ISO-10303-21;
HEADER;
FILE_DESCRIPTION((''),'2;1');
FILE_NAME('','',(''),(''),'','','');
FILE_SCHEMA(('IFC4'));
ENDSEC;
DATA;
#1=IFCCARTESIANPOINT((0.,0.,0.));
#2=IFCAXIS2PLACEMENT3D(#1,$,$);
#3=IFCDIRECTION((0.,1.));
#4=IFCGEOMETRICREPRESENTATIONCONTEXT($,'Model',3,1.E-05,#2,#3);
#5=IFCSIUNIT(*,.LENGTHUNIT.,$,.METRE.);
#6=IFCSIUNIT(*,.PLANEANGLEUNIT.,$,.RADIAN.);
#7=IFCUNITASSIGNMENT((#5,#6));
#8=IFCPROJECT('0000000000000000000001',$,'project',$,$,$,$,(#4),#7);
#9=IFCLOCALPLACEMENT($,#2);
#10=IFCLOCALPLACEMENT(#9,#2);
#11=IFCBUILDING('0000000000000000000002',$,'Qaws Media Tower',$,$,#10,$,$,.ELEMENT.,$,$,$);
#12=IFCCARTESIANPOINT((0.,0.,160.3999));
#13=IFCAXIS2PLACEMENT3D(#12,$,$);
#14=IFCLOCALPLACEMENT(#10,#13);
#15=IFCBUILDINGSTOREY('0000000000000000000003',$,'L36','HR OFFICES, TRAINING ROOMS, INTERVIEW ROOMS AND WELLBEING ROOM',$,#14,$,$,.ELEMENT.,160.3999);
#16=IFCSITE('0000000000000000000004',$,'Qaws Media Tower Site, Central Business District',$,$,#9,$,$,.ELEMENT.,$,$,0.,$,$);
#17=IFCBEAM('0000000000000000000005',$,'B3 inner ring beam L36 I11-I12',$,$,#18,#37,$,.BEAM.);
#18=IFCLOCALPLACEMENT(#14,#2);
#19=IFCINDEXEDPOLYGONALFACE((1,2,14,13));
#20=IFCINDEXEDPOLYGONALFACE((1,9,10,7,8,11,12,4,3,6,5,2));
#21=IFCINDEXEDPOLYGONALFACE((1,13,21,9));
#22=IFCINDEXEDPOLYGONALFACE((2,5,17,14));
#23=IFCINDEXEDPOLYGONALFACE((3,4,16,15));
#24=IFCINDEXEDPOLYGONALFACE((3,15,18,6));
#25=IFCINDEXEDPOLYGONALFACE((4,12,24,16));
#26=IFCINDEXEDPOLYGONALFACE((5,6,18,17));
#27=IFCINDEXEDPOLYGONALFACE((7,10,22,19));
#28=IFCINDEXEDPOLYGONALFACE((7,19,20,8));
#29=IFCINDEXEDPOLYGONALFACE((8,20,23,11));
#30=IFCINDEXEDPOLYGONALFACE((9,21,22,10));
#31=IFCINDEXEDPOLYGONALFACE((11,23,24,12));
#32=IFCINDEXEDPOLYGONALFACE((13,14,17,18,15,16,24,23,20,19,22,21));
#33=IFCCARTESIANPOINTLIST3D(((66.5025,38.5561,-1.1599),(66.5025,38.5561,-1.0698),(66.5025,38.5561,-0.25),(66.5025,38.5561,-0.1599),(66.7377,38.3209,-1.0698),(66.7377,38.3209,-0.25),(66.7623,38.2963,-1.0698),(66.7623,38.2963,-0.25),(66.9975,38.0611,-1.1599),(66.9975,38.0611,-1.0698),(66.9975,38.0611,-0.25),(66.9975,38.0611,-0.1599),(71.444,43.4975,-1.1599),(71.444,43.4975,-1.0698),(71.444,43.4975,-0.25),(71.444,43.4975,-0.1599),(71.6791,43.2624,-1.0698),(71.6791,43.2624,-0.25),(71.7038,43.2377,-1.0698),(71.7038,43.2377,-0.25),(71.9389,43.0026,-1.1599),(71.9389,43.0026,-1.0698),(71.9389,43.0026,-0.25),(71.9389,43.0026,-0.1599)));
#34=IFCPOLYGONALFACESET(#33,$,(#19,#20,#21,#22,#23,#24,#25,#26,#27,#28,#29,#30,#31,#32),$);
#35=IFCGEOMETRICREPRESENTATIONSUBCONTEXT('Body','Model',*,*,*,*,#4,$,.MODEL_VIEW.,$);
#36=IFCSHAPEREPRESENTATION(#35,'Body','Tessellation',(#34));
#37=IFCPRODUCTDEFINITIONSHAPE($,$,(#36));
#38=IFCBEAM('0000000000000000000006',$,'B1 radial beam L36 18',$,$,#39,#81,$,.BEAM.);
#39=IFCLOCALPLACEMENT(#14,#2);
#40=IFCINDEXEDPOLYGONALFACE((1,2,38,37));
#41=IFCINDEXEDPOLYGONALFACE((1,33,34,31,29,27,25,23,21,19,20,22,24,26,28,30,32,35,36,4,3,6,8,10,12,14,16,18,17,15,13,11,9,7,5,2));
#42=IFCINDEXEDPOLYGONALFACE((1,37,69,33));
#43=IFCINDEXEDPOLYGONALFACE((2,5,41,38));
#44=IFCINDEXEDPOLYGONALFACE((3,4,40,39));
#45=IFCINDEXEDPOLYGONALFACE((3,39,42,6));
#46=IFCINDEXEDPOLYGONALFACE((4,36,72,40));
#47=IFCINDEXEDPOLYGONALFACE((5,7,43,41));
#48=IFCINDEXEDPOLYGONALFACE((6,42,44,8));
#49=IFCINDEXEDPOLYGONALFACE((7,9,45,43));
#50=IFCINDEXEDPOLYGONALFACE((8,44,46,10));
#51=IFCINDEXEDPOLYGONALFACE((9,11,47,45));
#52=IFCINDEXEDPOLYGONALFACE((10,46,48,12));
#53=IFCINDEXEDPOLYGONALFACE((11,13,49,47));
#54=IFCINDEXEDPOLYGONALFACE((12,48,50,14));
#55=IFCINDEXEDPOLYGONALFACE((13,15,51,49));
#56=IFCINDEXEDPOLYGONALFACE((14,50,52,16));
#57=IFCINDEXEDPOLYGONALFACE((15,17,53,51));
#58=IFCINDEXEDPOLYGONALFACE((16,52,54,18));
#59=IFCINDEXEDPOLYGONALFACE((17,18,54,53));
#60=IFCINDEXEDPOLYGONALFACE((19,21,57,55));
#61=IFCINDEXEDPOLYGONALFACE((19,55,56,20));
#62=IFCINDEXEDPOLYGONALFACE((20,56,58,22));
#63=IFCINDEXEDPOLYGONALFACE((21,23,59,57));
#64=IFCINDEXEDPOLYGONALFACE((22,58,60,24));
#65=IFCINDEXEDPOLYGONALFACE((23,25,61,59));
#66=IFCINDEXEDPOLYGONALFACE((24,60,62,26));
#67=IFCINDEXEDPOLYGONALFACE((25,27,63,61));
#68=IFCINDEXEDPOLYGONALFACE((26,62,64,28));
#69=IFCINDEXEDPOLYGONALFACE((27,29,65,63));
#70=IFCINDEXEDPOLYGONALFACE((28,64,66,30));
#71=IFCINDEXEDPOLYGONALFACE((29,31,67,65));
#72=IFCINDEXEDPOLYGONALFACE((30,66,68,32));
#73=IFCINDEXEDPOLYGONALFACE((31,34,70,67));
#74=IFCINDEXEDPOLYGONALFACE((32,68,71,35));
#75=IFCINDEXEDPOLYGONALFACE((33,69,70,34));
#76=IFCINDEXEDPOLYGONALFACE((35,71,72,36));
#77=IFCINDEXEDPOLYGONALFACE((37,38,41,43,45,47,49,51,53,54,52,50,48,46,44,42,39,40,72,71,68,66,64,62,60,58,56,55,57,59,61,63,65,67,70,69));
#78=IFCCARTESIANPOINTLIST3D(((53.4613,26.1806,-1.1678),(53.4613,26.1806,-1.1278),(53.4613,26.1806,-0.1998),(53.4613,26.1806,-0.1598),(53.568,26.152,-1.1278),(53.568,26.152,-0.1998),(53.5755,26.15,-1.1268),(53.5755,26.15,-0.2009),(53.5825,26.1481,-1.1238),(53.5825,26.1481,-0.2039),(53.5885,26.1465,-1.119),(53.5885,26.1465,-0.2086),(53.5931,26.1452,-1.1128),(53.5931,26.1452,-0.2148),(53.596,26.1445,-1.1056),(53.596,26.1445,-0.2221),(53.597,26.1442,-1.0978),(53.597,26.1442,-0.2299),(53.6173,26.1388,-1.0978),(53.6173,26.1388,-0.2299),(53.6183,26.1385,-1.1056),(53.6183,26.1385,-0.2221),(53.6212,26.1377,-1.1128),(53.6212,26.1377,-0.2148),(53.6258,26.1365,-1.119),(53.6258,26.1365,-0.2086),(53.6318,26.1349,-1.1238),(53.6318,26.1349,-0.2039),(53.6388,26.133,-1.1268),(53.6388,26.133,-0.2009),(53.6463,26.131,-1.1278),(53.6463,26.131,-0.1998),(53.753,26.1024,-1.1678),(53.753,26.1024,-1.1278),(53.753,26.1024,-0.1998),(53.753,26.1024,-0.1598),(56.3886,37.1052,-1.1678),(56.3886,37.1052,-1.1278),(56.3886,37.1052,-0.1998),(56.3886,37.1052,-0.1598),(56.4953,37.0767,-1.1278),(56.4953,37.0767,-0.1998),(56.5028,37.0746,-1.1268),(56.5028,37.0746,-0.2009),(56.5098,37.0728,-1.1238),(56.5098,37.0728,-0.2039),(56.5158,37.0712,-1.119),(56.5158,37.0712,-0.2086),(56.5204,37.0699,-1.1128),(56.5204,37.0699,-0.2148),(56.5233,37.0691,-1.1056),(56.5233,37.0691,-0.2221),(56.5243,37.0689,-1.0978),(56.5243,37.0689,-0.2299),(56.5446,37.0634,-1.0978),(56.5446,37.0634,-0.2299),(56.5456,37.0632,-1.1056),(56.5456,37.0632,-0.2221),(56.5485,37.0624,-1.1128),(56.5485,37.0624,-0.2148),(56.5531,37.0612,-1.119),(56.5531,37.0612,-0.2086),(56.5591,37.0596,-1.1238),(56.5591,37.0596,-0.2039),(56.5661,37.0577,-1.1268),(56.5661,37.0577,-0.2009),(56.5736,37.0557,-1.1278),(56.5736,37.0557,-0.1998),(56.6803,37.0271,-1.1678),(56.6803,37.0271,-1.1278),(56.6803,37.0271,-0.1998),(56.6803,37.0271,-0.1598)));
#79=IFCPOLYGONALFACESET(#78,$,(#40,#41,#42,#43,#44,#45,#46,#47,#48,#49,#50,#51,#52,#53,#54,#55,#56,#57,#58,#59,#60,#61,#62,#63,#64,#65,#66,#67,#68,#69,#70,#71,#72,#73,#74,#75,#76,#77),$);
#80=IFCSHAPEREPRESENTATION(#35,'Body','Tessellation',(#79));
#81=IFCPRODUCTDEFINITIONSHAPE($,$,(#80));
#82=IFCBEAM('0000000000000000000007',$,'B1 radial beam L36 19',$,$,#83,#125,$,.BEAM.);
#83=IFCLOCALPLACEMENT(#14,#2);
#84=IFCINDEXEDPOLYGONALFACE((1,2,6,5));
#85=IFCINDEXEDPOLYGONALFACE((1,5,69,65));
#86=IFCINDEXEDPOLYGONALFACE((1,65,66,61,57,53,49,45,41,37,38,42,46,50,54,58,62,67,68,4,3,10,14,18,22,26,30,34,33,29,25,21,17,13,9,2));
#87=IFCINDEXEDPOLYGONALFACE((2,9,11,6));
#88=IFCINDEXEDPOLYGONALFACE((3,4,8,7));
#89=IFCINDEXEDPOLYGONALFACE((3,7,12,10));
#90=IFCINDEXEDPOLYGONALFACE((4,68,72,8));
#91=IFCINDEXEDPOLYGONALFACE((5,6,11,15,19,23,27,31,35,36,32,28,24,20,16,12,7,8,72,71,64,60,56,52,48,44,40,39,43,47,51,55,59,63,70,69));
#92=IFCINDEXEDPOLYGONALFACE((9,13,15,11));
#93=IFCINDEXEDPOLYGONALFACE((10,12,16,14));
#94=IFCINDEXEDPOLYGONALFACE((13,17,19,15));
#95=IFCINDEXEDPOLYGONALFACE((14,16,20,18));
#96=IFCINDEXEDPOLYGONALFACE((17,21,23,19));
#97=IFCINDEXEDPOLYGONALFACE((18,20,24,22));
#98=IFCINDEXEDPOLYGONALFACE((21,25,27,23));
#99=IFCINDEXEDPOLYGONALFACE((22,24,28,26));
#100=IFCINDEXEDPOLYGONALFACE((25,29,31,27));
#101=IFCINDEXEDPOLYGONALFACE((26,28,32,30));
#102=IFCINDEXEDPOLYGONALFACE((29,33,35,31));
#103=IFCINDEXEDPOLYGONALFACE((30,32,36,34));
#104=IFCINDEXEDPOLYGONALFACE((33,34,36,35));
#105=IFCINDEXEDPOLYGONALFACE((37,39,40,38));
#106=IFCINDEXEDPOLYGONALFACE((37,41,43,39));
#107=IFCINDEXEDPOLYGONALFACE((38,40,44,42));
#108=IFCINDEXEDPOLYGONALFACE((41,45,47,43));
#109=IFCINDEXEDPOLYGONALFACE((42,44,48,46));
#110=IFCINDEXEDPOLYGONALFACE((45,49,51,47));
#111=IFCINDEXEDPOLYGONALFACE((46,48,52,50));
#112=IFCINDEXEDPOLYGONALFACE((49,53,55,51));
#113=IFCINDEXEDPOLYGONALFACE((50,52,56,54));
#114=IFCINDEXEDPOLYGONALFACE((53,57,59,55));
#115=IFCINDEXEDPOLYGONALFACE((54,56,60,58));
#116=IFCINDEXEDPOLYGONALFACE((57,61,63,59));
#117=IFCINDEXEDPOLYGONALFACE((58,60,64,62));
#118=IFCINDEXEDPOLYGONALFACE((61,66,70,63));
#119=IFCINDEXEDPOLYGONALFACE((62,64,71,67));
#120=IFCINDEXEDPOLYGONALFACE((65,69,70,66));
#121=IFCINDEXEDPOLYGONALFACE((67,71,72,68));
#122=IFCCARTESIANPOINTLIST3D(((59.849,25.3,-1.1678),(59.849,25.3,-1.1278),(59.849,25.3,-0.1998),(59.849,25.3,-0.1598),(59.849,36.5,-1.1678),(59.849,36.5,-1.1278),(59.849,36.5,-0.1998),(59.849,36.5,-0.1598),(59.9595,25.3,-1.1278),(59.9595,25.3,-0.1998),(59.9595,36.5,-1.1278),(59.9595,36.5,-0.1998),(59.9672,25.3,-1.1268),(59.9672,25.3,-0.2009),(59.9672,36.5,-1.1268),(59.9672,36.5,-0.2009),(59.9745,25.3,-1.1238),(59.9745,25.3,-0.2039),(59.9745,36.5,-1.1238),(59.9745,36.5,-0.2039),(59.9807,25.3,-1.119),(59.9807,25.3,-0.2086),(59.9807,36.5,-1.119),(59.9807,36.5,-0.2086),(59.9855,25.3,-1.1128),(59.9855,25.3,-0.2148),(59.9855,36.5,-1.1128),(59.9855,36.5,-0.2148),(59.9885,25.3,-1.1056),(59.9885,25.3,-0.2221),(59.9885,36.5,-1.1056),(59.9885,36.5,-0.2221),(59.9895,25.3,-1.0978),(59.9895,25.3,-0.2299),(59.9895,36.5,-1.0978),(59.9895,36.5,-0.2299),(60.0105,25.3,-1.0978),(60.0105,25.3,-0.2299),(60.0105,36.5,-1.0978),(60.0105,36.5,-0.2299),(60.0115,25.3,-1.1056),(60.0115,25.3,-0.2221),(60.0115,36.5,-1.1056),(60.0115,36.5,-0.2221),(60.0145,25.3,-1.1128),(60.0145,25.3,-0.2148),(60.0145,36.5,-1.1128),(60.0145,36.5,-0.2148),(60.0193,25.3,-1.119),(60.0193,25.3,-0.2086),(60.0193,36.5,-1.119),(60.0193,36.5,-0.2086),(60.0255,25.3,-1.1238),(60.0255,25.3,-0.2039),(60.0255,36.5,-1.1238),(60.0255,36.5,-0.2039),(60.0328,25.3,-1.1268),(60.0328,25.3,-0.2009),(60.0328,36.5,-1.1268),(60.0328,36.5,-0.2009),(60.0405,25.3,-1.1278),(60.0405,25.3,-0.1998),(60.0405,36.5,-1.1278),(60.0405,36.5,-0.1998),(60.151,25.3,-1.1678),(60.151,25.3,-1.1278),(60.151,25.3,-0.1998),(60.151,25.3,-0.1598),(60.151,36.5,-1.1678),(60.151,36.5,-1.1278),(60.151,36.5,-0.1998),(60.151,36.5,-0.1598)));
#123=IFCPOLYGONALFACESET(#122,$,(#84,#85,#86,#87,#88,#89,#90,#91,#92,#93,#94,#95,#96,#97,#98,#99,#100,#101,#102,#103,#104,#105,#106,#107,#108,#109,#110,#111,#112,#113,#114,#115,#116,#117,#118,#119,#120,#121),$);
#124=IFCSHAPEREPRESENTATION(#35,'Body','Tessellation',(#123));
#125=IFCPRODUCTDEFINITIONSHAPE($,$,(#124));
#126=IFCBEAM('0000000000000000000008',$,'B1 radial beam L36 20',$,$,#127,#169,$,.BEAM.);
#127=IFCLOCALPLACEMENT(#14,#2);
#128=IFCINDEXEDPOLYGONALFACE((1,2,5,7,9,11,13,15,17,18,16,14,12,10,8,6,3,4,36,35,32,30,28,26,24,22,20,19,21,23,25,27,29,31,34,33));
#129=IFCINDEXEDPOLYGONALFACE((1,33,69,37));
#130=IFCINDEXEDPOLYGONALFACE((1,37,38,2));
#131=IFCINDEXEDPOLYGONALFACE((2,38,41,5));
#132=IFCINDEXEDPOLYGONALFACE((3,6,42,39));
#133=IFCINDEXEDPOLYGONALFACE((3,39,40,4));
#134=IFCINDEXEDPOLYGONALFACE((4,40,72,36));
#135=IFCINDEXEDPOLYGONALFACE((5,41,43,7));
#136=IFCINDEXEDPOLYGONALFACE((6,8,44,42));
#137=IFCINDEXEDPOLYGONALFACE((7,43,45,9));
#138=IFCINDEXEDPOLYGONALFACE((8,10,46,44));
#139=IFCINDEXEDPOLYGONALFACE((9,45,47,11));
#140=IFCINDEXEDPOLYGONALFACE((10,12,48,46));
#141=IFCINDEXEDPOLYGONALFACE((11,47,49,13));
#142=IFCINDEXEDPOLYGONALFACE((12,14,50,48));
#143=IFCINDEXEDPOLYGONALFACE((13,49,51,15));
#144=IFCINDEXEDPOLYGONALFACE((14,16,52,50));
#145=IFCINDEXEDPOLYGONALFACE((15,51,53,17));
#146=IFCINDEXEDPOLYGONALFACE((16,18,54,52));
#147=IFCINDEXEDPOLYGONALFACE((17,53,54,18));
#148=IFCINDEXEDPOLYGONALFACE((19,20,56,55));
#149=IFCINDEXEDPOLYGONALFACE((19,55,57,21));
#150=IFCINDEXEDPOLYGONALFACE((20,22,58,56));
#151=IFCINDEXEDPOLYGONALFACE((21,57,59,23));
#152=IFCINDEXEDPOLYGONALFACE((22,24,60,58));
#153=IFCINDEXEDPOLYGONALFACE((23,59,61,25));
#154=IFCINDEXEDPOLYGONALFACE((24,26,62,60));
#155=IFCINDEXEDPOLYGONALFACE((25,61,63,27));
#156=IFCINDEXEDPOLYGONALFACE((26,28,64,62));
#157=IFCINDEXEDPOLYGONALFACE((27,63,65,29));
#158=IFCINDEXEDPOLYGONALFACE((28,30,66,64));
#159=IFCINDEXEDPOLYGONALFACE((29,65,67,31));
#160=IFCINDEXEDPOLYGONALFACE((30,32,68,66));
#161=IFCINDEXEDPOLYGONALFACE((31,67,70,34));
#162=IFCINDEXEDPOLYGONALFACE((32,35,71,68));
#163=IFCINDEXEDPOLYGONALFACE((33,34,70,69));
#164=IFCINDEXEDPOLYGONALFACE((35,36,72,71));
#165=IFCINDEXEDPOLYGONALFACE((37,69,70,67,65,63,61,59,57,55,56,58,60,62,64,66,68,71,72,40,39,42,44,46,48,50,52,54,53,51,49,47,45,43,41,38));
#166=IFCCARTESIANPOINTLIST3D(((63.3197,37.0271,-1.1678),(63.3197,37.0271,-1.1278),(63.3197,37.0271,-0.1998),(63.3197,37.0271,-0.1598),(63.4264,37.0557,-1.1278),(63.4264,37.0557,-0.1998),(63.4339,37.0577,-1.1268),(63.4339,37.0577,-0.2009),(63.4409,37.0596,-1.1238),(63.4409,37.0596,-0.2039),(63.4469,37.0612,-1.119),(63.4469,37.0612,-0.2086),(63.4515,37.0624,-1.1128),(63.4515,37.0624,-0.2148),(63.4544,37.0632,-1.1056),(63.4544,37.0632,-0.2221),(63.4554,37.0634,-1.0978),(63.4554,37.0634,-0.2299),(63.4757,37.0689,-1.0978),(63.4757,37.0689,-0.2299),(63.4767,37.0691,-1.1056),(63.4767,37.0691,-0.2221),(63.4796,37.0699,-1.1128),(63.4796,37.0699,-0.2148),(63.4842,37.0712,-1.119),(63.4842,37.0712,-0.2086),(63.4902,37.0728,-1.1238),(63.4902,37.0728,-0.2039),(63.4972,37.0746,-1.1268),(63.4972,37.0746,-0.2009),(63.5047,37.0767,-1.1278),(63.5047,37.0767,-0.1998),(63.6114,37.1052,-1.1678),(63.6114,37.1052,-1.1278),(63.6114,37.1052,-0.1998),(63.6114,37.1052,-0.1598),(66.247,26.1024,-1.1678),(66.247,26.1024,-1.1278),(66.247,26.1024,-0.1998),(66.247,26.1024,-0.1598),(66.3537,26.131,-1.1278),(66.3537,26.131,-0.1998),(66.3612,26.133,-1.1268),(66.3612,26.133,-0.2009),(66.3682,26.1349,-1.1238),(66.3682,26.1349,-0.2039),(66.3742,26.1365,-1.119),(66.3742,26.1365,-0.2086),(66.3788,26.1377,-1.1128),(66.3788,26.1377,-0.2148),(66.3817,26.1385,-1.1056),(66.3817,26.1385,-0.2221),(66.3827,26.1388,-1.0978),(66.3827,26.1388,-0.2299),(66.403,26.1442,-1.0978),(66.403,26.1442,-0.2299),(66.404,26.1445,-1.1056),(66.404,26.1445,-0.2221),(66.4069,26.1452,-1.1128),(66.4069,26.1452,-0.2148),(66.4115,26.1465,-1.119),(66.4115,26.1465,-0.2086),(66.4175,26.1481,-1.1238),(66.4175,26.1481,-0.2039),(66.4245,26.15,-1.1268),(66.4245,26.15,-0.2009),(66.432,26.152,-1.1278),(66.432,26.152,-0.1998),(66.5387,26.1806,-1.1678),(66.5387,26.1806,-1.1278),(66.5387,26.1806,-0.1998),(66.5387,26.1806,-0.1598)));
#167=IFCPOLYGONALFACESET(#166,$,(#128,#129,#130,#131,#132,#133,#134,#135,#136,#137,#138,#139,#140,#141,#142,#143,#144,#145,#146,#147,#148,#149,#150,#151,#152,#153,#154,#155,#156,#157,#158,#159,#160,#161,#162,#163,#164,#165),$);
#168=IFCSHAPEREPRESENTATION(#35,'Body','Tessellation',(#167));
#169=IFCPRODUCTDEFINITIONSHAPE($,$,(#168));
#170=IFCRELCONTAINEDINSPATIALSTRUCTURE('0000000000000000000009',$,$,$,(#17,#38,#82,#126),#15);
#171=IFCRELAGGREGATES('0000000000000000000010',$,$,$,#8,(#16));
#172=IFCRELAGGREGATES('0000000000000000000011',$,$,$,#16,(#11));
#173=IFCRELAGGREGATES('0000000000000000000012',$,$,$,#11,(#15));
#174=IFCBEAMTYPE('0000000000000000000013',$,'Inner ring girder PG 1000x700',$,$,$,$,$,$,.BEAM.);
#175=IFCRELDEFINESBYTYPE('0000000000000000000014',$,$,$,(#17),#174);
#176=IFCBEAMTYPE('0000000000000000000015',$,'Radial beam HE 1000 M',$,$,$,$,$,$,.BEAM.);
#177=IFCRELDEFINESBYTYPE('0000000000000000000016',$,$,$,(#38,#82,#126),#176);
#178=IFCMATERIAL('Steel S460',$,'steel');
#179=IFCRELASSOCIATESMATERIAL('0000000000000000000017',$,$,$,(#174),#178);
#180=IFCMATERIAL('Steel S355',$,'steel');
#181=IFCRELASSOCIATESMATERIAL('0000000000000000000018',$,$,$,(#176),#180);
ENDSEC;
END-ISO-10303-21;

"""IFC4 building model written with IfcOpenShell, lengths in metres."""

from ifc_helpers import new_model, si_unit, direction, frame, origin, origin_2d, place, context, subcontext, project, spatial, i_section, extrude, material, material_profile, profile_set, type_object, element, save


model = new_model("IFC4")

# Units and contexts
model_context = context("Model", 3, precision=1e-05, world=origin(), true_north=direction((0.0, 1.0)))
body_context = subcontext(model_context, "Body", "Model", "MODEL_VIEW")
ifc_project = project(units=[si_unit("LENGTHUNIT", "METRE"), si_unit("PLANEANGLEUNIT", "RADIAN")], contexts=[model_context])

# Site, building, storey
site_placement = place(None, origin())
site = spatial("IfcSite", under=ifc_project, at=site_placement, Name="Qaws Media Tower Site, Central Business District", CompositionType="ELEMENT", RefElevation=0.0)
building_placement = place(site_placement, origin())
building = spatial("IfcBuilding", under=site, at=building_placement, Name="Qaws Media Tower", CompositionType="ELEMENT")
storey_placement = place(building_placement, frame((0.0, 0.0, 160.3999)))
storey = spatial("IfcBuildingStorey", under=building, at=storey_placement, Name="L36", Description="HR OFFICES, TRAINING ROOMS, INTERVIEW ROOMS AND WELLBEING ROOM", CompositionType="ELEMENT", Elevation=160.3999)

# Beams
ifc_material_1 = material(Name="Steel S460", Category="steel")
ifc_material_profile_1 = material_profile(ifc_material_1, i_section(OverallWidth=0.7, OverallDepth=1.0, WebThickness=0.0349, FlangeThickness=0.0901, at=origin_2d()), Name="PG 1000x700")
ifc_profile_set_1 = profile_set([ifc_material_profile_1], Name="Steel S460")
beam_type_1 = type_object("IfcBeamType", Name="Inner ring girder PG 1000x700", PredefinedType="BEAM", material=ifc_profile_set_1)
beam_1_placement = place(storey_placement, frame((66.75, 38.3086, -0.6599), z_axis=(0.707107, 0.707107, 0.0), x_axis=(-0.707107, 0.707107, 0.0)))
element("IfcBeam", 1, at=beam_1_placement, inside=storey, type_object=beam_type_1, Name="B3 inner ring beam L36 I11-I12", PredefinedType="BEAM", context=body_context, shape_type="SweptSolid", body=[
    extrude(i_section(OverallWidth=0.7, OverallDepth=1.0, WebThickness=0.0349, FlangeThickness=0.0901, at=origin_2d()), origin(), (0.0, 0.0, 1.0), 6.9883),
])
ifc_material_2 = material(Name="Steel S355", Category="steel")
ifc_material_profile_2 = material_profile(ifc_material_2, i_section(OverallWidth=0.302, OverallDepth=1.0081, WebThickness=0.021, FlangeThickness=0.04, FilletRadius=0.03, at=origin_2d()), Name="HE 1000 M")
ifc_profile_set_2 = profile_set([ifc_material_profile_2], Name="Steel S355")
beam_type_2 = type_object("IfcBeamType", Name="Radial beam HE 1000 M", PredefinedType="BEAM", material=ifc_profile_set_2)
beam_2_placement = place(storey_placement, frame((56.5344, 37.0662, -0.6638), z_axis=(-0.258821, -0.965925, 0.0), x_axis=(0.965925, -0.258821, 0.0)))
element("IfcBeam", 2, at=beam_2_placement, inside=storey, type_object=beam_type_2, Name="B1 radial beam L36 18", PredefinedType="BEAM", context=body_context, shape_type="SweptSolid", body=[
    extrude(i_section(OverallWidth=0.302, OverallDepth=1.0081, WebThickness=0.021, FlangeThickness=0.04, FilletRadius=0.03, at=origin_2d()), origin(), (0.0, 0.0, 1.0), 11.3101),
])
beam_3_placement = place(storey_placement, frame((60.0, 36.5, -0.6638), z_axis=(0.0, -1.0, 0.0), x_axis=(1.0, 0.0, 0.0)))
element("IfcBeam", 3, at=beam_3_placement, inside=storey, type_object=beam_type_2, Name="B1 radial beam L36 19", PredefinedType="BEAM", context=body_context, shape_type="SweptSolid", body=[
    extrude(i_section(OverallWidth=0.302, OverallDepth=1.0081, WebThickness=0.021, FlangeThickness=0.04, FilletRadius=0.03, at=origin_2d()), origin(), (0.0, 0.0, 1.0), 11.2),
])
beam_4_placement = place(storey_placement, frame((63.4656, 37.0662, -0.6638), z_axis=(0.258821, -0.965925, 0.0), x_axis=(0.965925, 0.258821, 0.0)))
element("IfcBeam", 4, at=beam_4_placement, inside=storey, type_object=beam_type_2, Name="B1 radial beam L36 20", PredefinedType="BEAM", context=body_context, shape_type="SweptSolid", body=[
    extrude(i_section(OverallWidth=0.302, OverallDepth=1.0081, WebThickness=0.021, FlangeThickness=0.04, FilletRadius=0.03, at=origin_2d()), origin(), (0.0, 0.0, 1.0), 11.3101),
])

save(model, "model.ifc")
